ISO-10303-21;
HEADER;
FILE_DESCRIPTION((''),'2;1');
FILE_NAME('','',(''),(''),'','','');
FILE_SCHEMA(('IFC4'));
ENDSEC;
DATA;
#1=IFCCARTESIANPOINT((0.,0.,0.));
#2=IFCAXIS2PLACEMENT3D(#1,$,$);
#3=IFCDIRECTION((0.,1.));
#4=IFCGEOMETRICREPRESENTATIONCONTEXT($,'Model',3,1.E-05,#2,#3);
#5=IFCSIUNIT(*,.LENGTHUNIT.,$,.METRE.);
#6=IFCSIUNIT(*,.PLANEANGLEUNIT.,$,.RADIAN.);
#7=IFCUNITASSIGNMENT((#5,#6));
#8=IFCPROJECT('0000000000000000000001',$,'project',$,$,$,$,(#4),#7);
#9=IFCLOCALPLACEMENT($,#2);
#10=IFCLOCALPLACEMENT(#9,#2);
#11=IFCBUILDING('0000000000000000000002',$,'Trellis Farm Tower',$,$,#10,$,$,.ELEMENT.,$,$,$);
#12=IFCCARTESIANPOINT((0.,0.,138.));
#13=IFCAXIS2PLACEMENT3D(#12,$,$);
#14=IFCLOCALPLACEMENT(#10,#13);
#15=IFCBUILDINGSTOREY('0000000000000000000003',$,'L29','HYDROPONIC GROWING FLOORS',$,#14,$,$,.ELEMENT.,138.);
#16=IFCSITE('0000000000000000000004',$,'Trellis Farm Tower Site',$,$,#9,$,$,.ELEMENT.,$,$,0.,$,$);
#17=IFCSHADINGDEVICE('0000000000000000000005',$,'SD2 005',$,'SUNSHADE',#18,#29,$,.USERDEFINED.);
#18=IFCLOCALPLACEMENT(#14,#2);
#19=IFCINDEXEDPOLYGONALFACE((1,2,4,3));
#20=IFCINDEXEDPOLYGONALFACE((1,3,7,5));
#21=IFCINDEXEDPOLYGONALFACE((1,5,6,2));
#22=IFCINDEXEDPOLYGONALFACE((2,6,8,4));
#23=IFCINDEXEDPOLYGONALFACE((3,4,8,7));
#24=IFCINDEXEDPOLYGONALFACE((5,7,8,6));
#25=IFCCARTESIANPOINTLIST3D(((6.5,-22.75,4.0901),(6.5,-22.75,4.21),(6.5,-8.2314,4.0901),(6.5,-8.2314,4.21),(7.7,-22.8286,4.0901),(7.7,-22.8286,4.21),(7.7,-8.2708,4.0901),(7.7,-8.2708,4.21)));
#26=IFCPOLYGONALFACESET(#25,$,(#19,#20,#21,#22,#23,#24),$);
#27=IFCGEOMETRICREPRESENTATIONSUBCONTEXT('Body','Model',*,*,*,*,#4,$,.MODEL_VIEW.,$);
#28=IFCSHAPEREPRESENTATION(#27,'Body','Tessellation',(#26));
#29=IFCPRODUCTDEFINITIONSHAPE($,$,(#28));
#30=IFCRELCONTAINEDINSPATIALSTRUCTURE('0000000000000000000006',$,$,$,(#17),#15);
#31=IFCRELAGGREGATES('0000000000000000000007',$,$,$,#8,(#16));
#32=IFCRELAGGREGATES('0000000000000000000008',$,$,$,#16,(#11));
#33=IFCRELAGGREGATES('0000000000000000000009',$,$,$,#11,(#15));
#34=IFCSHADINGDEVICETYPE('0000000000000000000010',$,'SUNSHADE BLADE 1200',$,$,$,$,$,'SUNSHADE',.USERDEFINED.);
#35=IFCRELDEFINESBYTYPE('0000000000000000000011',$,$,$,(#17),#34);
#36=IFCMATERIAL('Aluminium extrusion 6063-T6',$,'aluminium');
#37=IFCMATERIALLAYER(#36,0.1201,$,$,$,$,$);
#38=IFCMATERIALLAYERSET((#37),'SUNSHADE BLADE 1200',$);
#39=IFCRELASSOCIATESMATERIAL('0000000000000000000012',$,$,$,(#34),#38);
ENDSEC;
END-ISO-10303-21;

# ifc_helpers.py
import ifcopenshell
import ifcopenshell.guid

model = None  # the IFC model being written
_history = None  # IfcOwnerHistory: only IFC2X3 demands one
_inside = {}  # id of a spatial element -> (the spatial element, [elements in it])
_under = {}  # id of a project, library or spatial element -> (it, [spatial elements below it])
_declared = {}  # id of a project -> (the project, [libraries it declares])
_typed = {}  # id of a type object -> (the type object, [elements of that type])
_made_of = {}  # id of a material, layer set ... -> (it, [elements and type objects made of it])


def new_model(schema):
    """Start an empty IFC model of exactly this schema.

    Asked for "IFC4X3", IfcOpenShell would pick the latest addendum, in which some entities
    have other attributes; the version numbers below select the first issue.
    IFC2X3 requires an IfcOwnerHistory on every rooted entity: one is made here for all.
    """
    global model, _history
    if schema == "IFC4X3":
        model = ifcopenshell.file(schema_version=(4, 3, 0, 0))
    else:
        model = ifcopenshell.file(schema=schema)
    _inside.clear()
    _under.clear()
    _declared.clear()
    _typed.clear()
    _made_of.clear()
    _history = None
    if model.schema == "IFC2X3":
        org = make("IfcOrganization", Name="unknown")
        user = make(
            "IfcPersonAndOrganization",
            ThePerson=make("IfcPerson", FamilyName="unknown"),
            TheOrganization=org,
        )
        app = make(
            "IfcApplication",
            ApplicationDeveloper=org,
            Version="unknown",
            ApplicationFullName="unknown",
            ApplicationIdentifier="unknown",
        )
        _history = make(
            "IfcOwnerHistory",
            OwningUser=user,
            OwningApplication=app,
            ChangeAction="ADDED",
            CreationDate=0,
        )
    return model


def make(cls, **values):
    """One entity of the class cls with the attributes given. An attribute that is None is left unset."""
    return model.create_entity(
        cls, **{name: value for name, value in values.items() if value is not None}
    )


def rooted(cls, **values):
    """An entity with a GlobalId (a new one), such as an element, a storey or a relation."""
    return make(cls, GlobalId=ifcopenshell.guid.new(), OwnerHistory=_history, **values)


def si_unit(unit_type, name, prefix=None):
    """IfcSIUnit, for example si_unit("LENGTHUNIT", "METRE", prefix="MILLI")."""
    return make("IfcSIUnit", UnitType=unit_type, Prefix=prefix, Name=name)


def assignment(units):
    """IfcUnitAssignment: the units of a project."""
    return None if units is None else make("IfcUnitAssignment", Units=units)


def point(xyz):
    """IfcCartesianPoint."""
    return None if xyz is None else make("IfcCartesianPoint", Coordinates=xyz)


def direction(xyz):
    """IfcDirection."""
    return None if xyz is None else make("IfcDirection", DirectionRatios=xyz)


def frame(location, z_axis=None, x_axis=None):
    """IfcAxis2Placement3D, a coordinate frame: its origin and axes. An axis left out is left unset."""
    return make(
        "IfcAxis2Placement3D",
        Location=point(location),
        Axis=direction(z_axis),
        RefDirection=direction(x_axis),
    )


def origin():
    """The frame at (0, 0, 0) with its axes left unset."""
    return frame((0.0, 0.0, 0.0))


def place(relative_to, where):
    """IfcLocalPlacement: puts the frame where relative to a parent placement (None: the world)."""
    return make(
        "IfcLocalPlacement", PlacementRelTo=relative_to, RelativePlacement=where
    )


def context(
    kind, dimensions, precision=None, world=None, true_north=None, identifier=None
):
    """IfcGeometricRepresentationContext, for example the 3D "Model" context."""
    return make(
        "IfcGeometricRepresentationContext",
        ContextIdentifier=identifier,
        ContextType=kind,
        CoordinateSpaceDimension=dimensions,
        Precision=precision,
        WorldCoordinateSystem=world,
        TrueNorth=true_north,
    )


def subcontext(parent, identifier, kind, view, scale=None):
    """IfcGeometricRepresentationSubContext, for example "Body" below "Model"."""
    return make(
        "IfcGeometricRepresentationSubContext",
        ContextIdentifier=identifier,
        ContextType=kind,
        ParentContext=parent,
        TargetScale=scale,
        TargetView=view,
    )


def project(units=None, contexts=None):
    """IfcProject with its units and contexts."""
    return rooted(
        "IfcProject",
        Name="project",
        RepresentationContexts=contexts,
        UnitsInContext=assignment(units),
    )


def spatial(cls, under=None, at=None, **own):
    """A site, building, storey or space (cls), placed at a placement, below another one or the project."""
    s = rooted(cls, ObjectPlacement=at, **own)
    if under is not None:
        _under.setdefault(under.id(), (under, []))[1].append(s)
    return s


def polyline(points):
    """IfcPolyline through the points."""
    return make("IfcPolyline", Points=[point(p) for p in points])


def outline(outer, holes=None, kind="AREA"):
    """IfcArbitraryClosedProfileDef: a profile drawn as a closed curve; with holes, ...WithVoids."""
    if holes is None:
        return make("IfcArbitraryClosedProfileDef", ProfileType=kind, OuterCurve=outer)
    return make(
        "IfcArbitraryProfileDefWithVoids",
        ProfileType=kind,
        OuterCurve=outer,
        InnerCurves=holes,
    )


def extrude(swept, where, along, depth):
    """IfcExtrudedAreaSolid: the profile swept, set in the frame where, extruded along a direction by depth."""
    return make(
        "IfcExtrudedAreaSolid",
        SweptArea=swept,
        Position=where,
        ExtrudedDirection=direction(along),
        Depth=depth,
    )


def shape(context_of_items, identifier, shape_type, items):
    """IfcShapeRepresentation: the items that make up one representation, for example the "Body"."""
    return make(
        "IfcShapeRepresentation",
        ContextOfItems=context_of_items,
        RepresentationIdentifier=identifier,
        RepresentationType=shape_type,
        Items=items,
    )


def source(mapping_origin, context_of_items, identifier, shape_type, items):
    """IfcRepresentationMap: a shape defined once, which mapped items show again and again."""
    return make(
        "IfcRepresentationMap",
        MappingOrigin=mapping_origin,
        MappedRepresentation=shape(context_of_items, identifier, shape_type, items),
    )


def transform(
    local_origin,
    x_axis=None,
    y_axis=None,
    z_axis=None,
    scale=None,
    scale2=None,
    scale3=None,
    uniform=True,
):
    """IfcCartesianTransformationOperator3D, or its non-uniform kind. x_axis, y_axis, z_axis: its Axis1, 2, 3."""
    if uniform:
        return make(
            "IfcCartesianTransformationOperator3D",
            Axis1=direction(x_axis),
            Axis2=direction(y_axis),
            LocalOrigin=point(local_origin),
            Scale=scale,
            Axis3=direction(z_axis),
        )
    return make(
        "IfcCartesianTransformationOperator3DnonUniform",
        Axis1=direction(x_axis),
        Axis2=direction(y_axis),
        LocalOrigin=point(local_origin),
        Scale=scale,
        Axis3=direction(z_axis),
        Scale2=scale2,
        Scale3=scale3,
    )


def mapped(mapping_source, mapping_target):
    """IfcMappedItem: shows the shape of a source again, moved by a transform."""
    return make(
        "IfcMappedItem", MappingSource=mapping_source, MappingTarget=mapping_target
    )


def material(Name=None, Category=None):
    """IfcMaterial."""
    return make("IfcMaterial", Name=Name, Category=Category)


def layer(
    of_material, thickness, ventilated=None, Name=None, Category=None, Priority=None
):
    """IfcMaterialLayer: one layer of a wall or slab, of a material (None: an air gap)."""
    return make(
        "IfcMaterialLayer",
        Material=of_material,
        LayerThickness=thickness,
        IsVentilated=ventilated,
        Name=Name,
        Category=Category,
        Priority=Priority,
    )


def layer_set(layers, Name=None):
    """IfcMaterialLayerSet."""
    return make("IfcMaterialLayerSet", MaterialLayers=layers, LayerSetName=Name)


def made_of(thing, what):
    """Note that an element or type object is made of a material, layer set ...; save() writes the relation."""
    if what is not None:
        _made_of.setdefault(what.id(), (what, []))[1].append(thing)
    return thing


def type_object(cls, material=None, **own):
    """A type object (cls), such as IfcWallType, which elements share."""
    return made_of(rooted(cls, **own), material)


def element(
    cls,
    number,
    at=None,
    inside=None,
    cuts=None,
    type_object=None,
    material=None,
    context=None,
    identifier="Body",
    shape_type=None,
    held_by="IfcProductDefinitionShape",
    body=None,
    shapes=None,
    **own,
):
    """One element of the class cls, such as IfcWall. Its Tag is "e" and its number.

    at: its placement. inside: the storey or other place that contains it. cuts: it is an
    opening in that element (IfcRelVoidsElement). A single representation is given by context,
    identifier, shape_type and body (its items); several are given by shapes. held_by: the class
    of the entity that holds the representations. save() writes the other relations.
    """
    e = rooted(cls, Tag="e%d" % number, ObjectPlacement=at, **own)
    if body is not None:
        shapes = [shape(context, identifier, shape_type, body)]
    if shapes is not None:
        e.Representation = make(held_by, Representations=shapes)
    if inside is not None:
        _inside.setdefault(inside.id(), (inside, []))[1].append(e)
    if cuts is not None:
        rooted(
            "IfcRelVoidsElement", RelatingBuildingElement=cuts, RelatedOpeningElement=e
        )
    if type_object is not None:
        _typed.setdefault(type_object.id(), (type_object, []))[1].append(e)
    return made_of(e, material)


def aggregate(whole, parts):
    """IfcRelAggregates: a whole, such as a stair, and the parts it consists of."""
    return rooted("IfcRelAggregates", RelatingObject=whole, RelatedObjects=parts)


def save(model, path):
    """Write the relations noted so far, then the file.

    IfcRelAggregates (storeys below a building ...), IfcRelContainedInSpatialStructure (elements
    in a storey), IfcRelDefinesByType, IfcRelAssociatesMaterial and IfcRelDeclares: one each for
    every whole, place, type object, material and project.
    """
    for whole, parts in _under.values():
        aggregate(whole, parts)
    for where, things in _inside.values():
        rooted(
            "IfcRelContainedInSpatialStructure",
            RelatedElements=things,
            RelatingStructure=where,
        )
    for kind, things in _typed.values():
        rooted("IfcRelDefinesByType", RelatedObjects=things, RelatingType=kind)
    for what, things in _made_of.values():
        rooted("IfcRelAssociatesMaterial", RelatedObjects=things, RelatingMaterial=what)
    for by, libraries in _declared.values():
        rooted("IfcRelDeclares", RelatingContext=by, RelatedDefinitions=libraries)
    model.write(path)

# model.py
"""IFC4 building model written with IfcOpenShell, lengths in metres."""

from ifc_helpers import new_model, si_unit, direction, frame, origin, place, context, subcontext, project, spatial, polyline, outline, extrude, source, transform, mapped, material, layer, layer_set, type_object, element, save


model = new_model("IFC4")

# Units and contexts
model_context = context("Model", 3, precision=1e-05, world=origin(), true_north=direction((0.0, 1.0)))
body_context = subcontext(model_context, "Body", "Model", "MODEL_VIEW")
ifc_project = project(units=[si_unit("LENGTHUNIT", "METRE"), si_unit("PLANEANGLEUNIT", "RADIAN")], contexts=[model_context])

# Site, building, storey
site_placement = place(None, origin())
site = spatial("IfcSite", under=ifc_project, at=site_placement, Name="Trellis Farm Tower Site", CompositionType="ELEMENT", RefElevation=0.0)
building_placement = place(site_placement, origin())
building = spatial("IfcBuilding", under=site, at=building_placement, Name="Trellis Farm Tower", CompositionType="ELEMENT")
storey_placement = place(building_placement, frame((0.0, 0.0, 138.0)))
storey = spatial("IfcBuildingStorey", under=building, at=storey_placement, Name="L29", Description="HYDROPONIC GROWING FLOORS", CompositionType="ELEMENT", Elevation=138.0)

# Shared definitions
ifc_material_1 = material(Name="Aluminium extrusion 6063-T6", Category="aluminium")

# Shading device
ifc_layer_1 = layer(ifc_material_1, 0.1201)
ifc_layer_set_1 = layer_set([ifc_layer_1], Name="SUNSHADE BLADE 1200")
shading_device_type = type_object("IfcShadingDeviceType", Name="SUNSHADE BLADE 1200", ElementType="SUNSHADE", PredefinedType="USERDEFINED", material=ifc_layer_set_1)
placement_1 = place(storey_placement, frame((0.0, 0.0, 4.0901)))
shared_shape_1 = source(origin(), body_context, "Body", "SweptSolid", [
    extrude(outline(polyline([(7.7, -22.8286), (7.7, -8.2708), (6.5, -8.2314), (6.5, -22.75), (7.7, -22.8286)])), origin(), (0.0, 0.0, 1.0), 0.1199),
])
element("IfcShadingDevice", 1, at=placement_1, inside=storey, type_object=shading_device_type, Name="SD2 005", ObjectType="SUNSHADE", PredefinedType="USERDEFINED", context=body_context, shape_type="MappedRepresentation", body=[
    mapped(shared_shape_1, transform((0.0, 0.0, 0.0))),
])

save(model, "model.ifc")
